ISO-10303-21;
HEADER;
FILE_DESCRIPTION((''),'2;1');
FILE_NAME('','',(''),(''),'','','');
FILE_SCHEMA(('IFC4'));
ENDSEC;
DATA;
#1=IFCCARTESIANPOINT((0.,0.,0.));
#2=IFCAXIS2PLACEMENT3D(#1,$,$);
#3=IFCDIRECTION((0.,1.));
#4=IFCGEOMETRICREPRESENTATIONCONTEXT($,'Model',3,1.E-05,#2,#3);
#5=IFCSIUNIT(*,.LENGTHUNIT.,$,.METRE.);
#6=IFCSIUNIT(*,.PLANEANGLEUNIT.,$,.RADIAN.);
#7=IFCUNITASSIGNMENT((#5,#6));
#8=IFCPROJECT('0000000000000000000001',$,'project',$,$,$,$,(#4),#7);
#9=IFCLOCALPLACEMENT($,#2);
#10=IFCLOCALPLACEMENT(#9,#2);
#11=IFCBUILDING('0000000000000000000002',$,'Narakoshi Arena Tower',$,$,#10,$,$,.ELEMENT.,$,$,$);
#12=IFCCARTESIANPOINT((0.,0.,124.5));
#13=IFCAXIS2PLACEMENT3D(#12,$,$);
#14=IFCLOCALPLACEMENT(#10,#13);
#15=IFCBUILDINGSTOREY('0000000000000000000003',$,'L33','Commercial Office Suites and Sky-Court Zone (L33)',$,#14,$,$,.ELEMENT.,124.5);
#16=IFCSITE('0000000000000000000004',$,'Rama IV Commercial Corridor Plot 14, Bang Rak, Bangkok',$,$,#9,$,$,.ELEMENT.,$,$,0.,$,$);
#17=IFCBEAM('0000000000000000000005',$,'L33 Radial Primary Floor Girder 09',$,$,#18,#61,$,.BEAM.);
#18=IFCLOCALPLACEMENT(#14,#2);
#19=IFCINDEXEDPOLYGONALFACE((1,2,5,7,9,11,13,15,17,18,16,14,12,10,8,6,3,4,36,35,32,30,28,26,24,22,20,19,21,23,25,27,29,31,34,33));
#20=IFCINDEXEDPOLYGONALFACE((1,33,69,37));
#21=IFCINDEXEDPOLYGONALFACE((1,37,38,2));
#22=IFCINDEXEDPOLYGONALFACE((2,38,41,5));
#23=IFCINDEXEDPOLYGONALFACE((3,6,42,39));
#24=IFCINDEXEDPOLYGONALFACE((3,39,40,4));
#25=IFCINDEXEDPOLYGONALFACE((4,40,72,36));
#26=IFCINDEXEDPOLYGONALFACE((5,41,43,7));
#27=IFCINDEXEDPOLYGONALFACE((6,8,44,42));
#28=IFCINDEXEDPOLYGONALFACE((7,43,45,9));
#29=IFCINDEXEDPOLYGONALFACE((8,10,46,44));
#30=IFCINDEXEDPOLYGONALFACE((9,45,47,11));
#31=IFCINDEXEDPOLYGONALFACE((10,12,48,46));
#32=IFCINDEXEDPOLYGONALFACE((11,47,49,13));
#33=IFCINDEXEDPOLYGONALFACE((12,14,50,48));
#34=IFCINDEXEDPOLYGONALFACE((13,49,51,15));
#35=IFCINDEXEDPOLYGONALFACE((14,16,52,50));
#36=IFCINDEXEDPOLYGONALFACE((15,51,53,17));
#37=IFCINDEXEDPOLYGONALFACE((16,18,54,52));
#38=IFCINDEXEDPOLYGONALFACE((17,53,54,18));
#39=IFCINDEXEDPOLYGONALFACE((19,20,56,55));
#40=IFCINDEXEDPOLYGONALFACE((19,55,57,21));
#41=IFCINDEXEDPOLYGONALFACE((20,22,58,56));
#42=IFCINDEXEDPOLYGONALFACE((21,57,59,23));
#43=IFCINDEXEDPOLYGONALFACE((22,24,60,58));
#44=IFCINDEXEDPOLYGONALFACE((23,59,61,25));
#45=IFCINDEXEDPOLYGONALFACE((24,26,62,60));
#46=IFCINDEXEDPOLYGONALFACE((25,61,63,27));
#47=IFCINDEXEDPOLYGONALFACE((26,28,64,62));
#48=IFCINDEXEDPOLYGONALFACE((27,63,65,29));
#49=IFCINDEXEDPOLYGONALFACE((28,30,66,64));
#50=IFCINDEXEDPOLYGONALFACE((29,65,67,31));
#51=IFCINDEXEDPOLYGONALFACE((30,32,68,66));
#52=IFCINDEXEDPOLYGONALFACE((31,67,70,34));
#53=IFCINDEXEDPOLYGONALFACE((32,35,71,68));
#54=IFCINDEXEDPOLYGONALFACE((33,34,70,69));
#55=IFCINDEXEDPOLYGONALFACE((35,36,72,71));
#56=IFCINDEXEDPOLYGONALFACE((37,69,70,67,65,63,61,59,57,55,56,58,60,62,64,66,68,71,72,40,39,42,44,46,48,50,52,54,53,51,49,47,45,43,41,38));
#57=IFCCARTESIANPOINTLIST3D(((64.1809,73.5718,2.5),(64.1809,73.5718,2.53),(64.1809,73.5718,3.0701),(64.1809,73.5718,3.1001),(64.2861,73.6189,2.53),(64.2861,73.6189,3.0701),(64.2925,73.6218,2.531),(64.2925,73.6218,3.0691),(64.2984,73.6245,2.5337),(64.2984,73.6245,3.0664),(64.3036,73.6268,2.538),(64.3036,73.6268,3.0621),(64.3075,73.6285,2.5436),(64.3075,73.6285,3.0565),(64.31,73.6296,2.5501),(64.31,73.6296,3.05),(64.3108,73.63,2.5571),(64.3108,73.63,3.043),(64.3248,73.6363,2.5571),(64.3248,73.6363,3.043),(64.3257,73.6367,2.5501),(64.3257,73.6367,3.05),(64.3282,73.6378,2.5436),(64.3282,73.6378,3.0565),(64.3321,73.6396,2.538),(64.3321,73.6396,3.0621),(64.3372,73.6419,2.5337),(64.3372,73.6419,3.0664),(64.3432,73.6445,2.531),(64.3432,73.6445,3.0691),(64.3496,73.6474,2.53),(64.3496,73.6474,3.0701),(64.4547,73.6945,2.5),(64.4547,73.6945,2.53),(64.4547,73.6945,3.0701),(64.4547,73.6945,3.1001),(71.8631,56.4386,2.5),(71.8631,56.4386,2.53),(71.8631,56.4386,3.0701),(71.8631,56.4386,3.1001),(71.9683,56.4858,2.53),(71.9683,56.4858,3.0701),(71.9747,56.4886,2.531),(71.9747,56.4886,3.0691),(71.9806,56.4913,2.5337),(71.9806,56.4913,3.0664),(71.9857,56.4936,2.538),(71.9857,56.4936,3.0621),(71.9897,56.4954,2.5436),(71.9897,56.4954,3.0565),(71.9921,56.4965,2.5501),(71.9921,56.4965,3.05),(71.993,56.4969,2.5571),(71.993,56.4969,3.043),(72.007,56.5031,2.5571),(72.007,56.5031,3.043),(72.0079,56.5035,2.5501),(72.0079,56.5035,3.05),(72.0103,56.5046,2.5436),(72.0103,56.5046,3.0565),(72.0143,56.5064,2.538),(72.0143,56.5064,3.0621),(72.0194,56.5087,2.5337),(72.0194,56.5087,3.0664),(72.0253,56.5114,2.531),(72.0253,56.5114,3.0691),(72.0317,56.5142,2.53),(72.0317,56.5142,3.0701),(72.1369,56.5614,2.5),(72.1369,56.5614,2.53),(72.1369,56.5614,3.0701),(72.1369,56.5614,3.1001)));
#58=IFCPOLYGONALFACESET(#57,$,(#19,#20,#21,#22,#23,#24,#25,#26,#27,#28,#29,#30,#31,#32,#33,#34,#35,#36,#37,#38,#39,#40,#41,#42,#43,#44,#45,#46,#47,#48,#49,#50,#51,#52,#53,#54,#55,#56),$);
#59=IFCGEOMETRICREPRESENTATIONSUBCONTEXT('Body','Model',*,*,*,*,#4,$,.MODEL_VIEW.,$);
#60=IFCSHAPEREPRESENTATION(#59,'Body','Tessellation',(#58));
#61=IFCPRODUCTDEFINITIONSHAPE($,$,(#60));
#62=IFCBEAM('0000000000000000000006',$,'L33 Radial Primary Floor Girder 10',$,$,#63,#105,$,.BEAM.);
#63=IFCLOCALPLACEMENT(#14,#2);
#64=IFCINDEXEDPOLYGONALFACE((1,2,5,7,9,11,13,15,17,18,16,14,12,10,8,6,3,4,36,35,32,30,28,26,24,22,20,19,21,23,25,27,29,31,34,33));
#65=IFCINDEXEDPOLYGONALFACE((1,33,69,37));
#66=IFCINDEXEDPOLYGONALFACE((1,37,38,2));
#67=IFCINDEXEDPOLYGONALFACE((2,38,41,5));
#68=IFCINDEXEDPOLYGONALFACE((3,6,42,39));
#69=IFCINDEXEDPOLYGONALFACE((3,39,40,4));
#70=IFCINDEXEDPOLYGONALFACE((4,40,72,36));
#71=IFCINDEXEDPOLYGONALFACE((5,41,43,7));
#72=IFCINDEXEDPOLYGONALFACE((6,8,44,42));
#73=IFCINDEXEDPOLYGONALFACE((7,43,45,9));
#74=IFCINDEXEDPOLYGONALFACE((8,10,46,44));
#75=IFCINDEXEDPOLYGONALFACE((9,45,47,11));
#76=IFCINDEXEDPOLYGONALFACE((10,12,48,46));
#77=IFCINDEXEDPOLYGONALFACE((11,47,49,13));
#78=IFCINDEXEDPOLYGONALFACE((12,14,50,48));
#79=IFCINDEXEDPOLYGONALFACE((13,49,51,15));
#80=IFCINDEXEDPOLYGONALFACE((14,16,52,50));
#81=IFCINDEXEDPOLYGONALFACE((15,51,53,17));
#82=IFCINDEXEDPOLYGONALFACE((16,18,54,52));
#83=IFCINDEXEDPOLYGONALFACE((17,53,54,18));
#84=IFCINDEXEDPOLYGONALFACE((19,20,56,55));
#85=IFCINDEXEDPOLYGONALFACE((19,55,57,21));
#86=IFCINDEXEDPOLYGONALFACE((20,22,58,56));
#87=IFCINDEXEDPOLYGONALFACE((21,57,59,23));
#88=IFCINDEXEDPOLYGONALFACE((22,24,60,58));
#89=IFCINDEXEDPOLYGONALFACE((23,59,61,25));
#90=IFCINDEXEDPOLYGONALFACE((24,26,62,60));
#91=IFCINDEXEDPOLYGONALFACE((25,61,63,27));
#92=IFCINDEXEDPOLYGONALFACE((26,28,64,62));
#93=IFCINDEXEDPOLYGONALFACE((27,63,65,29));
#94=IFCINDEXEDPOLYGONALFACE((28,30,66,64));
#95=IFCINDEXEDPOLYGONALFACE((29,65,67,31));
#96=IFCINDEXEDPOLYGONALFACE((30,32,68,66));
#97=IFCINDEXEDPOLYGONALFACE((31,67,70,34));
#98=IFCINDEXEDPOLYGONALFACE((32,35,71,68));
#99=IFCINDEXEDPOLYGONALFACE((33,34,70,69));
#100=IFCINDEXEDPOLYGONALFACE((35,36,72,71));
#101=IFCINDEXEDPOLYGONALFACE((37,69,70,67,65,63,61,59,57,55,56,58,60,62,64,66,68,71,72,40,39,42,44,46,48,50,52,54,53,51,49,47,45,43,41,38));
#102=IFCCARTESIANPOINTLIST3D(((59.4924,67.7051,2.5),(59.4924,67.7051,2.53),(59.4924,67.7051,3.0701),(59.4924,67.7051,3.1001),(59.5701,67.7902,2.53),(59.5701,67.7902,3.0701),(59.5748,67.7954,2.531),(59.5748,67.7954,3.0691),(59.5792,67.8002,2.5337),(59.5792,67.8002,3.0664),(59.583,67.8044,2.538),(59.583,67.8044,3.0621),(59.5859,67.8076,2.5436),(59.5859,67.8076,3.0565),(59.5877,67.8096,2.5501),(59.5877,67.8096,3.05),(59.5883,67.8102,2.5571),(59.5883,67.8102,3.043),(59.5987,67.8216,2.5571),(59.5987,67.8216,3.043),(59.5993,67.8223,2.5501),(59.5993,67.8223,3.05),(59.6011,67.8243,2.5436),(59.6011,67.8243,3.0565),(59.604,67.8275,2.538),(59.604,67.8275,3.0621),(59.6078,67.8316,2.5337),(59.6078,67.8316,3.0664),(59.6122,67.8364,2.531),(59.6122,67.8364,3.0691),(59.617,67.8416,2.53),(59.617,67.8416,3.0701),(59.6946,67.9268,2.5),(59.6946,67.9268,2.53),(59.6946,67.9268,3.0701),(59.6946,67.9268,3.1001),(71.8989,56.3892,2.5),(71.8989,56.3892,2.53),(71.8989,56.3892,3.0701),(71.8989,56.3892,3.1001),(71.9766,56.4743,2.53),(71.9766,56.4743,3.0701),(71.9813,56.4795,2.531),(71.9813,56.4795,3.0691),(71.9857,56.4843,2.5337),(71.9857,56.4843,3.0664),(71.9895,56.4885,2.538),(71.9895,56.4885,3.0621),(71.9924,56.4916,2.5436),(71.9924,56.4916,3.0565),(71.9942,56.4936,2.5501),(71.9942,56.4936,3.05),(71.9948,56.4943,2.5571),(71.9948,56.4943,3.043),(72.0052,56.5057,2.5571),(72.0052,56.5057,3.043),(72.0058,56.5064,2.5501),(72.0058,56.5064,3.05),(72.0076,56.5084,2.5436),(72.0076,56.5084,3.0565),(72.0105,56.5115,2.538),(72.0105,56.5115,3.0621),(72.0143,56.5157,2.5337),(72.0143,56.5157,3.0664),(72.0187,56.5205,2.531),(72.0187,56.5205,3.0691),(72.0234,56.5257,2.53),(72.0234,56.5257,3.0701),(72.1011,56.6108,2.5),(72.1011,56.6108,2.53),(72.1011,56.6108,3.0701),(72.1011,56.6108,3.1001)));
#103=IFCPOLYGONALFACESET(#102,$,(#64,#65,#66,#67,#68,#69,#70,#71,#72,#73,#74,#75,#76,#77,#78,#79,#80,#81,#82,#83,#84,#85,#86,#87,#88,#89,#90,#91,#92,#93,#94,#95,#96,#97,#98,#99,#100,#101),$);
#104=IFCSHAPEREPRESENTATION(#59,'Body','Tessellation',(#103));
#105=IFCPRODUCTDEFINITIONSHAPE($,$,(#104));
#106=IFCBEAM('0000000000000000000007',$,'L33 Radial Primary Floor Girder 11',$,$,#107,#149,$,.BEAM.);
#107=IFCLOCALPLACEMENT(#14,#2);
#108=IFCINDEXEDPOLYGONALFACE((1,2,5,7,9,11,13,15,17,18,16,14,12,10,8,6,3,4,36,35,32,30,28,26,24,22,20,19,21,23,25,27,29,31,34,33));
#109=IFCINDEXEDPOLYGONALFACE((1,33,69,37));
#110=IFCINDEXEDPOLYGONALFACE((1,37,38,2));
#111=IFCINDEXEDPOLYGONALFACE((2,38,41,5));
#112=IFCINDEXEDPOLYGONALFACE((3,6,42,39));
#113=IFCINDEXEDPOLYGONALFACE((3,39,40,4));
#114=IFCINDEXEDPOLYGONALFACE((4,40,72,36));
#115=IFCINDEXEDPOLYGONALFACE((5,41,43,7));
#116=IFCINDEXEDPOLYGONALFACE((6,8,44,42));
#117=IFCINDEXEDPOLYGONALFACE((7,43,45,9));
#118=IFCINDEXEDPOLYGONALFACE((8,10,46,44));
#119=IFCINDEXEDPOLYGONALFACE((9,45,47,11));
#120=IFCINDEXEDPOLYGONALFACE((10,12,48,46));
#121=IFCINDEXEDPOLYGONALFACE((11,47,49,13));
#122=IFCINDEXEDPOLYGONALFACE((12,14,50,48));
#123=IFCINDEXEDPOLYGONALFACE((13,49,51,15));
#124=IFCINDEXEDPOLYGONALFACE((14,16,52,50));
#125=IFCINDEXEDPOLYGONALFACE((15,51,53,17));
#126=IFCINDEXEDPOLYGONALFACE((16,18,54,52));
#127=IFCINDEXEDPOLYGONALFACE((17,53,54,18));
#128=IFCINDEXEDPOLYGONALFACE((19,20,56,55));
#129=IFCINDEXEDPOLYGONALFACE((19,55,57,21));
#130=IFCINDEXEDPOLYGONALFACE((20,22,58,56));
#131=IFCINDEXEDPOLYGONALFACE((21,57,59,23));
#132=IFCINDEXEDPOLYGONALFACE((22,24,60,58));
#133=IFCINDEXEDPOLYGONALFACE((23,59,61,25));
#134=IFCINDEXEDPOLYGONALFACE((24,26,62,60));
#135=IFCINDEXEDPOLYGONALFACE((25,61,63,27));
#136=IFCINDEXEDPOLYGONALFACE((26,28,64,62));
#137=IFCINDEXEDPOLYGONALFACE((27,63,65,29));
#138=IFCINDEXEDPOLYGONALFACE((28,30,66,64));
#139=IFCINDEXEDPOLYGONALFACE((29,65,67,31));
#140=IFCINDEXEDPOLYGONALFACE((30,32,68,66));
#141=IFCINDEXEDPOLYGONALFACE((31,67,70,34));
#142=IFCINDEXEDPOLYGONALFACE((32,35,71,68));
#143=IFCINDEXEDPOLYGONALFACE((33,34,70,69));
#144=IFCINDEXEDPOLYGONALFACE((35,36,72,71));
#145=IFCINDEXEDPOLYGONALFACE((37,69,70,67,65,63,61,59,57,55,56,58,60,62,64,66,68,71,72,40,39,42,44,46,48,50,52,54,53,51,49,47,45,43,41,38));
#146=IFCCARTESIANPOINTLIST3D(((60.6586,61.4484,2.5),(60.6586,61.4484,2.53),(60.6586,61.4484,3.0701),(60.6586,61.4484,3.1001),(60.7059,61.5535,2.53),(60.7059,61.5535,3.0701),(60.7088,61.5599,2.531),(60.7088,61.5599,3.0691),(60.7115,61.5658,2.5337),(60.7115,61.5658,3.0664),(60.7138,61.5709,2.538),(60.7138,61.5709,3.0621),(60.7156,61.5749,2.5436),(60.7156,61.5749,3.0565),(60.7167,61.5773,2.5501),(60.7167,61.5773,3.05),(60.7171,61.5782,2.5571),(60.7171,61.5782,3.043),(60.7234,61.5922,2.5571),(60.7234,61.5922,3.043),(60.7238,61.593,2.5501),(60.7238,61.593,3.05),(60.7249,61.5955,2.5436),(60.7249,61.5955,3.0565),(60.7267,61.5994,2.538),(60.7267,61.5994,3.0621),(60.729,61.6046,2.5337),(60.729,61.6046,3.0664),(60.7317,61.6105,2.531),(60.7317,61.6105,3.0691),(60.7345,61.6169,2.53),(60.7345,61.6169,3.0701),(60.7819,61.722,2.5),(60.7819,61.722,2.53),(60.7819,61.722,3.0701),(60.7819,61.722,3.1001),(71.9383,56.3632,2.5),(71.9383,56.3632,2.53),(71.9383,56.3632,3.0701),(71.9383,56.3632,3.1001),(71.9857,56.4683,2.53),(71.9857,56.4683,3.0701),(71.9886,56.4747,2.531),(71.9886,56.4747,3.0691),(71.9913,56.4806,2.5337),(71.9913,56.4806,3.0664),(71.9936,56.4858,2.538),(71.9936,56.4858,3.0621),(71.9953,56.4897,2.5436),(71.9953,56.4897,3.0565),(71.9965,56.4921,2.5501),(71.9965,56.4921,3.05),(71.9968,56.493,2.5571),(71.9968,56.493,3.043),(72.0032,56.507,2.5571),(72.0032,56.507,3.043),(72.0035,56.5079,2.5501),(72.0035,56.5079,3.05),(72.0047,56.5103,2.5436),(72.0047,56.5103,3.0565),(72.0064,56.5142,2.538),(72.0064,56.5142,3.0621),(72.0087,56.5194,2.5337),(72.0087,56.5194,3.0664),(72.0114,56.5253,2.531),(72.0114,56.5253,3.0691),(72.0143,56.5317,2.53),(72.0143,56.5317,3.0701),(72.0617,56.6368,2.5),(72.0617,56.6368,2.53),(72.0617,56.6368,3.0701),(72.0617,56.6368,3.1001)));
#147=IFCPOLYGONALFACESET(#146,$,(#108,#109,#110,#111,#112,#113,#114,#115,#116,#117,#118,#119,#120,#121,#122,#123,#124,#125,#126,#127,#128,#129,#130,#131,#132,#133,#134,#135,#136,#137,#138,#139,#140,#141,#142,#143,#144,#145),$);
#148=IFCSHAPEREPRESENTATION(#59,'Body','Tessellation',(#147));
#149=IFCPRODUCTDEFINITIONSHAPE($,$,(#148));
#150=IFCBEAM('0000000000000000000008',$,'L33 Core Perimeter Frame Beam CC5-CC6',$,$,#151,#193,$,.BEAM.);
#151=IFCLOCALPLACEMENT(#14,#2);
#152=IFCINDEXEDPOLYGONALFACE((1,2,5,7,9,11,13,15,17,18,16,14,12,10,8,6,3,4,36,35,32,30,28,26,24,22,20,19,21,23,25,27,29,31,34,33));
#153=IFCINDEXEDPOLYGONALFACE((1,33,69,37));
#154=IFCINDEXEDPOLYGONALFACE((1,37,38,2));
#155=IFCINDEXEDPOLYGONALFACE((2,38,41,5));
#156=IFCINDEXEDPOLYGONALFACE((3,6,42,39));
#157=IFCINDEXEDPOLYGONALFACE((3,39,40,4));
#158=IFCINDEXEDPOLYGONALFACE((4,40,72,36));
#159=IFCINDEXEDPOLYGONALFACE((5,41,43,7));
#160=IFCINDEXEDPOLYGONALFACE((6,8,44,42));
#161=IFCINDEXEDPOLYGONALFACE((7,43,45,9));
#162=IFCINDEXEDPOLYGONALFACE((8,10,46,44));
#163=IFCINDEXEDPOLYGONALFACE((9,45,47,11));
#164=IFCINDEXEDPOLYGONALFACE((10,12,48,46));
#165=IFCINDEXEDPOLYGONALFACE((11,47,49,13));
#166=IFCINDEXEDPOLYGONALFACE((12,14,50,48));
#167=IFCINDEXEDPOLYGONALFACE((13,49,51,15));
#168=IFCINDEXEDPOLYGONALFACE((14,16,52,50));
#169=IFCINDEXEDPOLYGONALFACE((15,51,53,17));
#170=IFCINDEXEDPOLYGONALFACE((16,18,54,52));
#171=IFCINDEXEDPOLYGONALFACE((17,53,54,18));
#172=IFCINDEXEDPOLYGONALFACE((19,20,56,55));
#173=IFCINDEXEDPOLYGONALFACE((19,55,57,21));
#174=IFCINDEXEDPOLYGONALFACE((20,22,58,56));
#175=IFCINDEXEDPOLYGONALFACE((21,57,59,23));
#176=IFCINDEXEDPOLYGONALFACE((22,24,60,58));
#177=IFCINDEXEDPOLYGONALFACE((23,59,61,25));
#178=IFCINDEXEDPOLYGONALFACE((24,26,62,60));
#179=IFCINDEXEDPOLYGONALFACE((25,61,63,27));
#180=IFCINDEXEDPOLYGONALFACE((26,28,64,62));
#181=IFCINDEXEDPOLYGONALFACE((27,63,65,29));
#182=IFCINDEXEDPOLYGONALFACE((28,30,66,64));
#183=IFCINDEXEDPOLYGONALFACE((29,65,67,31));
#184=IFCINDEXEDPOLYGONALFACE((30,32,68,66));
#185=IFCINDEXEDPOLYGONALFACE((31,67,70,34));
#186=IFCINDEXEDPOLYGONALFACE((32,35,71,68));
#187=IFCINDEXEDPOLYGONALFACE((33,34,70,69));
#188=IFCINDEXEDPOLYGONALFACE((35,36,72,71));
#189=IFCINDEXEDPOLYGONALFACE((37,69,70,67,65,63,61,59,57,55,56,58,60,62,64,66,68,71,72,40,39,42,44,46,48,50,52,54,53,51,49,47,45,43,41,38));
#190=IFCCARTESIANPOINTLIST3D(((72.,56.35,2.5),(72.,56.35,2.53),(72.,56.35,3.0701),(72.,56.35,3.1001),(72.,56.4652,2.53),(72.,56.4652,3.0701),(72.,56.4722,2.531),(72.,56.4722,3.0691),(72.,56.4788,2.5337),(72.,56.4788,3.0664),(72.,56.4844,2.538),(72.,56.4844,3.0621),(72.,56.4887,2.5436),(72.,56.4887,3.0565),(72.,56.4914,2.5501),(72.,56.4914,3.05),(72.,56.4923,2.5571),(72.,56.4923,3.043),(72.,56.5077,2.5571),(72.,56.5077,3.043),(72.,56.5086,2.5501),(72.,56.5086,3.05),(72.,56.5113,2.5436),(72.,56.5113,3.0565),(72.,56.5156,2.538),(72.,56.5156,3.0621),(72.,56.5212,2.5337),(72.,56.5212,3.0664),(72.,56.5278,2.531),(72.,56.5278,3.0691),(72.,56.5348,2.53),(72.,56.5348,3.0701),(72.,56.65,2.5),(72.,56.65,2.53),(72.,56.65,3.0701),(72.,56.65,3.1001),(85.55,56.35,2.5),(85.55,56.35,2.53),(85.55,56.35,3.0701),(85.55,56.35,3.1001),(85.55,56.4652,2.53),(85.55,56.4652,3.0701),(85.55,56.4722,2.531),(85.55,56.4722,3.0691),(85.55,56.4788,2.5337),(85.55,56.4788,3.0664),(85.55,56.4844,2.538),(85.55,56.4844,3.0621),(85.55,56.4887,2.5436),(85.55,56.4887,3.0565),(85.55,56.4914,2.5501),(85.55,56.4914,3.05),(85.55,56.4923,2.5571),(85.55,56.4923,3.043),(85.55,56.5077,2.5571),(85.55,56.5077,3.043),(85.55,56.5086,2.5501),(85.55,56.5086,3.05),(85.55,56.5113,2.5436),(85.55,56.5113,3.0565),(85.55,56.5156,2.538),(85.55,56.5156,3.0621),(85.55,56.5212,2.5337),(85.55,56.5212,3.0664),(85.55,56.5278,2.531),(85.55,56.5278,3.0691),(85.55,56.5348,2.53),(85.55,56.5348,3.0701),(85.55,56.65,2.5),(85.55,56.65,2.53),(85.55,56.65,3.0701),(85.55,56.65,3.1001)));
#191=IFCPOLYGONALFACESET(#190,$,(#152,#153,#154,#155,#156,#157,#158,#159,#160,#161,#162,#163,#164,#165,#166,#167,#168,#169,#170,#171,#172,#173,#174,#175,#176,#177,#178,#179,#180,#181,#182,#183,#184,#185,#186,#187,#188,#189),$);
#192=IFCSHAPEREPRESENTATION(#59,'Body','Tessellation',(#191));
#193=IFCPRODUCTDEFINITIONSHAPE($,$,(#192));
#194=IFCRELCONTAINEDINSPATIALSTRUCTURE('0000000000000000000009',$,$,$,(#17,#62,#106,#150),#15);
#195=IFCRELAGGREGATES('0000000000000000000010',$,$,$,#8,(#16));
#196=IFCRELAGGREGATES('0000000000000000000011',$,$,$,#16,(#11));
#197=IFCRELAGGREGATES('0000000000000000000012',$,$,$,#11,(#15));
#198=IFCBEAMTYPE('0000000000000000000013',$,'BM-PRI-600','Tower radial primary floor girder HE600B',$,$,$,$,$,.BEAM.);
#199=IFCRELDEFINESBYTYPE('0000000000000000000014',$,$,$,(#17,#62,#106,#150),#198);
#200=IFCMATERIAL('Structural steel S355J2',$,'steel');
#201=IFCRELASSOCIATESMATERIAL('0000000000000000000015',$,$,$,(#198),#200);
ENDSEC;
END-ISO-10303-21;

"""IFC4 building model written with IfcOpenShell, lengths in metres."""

from ifc_helpers import new_model, si_unit, direction, frame, origin, origin_2d, place, context, subcontext, project, spatial, i_section, extrude, material, material_profile, profile_set, type_object, element, save


model = new_model("IFC4")

# Units and contexts
model_context = context("Model", 3, precision=1e-05, world=origin(), true_north=direction((0.0, 1.0)))
body_context = subcontext(model_context, "Body", "Model", "MODEL_VIEW")
ifc_project = project(units=[si_unit("LENGTHUNIT", "METRE"), si_unit("PLANEANGLEUNIT", "RADIAN")], contexts=[model_context])

# Site, building, storey
site_placement = place(None, origin())
site = spatial("IfcSite", under=ifc_project, at=site_placement, Name="Rama IV Commercial Corridor Plot 14, Bang Rak, Bangkok", CompositionType="ELEMENT", RefElevation=0.0)
building_placement = place(site_placement, origin())
building = spatial("IfcBuilding", under=site, at=building_placement, Name="Narakoshi Arena Tower", CompositionType="ELEMENT")
storey_placement = place(building_placement, frame((0.0, 0.0, 124.5)))
storey = spatial("IfcBuildingStorey", under=building, at=storey_placement, Name="L33", Description="Commercial Office Suites and Sky-Court Zone (L33)", CompositionType="ELEMENT", Elevation=124.5)

# Beams
ifc_material_1 = material(Name="Structural steel S355J2", Category="steel")
ifc_material_profile_1 = material_profile(ifc_material_1, i_section(OverallWidth=0.3, OverallDepth=0.6001, WebThickness=0.0154, FlangeThickness=0.03, FilletRadius=0.0271, at=origin_2d()), Name="HE600B")
ifc_profile_set_1 = profile_set([ifc_material_profile_1], Name="Structural steel S355J2")
beam_type_1 = type_object("IfcBeamType", Name="BM-PRI-600", Description="Tower radial primary floor girder HE600B", PredefinedType="BEAM", material=ifc_profile_set_1)
beam_1_placement = place(storey_placement, frame((72.0, 56.5, 2.8), z_axis=(-0.409135, 0.912474, 0.0), x_axis=(-0.912474, -0.409135, 0.0)))
element("IfcBeam", 1, at=beam_1_placement, inside=storey, type_object=beam_type_1, Name="L33 Radial Primary Floor Girder 09", PredefinedType="BEAM", context=body_context, shape_type="SweptSolid", body=[
    extrude(i_section(OverallWidth=0.3, OverallDepth=0.6001, WebThickness=0.0154, FlangeThickness=0.03, FilletRadius=0.0271, at=origin_2d()), origin(), (0.0, 0.0, 1.0), 18.7766),
])
beam_2_placement = place(storey_placement, frame((72.0, 56.5, 2.8), z_axis=(-0.738834, 0.673888, 0.0), x_axis=(-0.673888, -0.738834, 0.0)))
element("IfcBeam", 2, at=beam_2_placement, inside=storey, type_object=beam_type_1, Name="L33 Radial Primary Floor Girder 10", PredefinedType="BEAM", context=body_context, shape_type="SweptSolid", body=[
    extrude(i_section(OverallWidth=0.3, OverallDepth=0.6001, WebThickness=0.0154, FlangeThickness=0.03, FilletRadius=0.0271, at=origin_2d()), origin(), (0.0, 0.0, 1.0), 16.792),
])
beam_3_placement = place(storey_placement, frame((72.0, 56.5, 2.8), z_axis=(-0.91164, 0.41099, 0.0), x_axis=(-0.41099, -0.91164, 0.0)))
element("IfcBeam", 3, at=beam_3_placement, inside=storey, type_object=beam_type_1, Name="L33 Radial Primary Floor Girder 11", PredefinedType="BEAM", context=body_context, shape_type="SweptSolid", body=[
    extrude(i_section(OverallWidth=0.3, OverallDepth=0.6001, WebThickness=0.0154, FlangeThickness=0.03, FilletRadius=0.0271, at=origin_2d()), origin(), (0.0, 0.0, 1.0), 12.373),
])
beam_4_placement = place(storey_placement, frame((72.0, 56.5, 2.8), z_axis=(1.0, 0.0, 0.0), x_axis=(0.0, 1.0, 0.0)))
element("IfcBeam", 4, at=beam_4_placement, inside=storey, type_object=beam_type_1, Name="L33 Core Perimeter Frame Beam CC5-CC6", PredefinedType="BEAM", context=body_context, shape_type="SweptSolid", body=[
    extrude(i_section(OverallWidth=0.3, OverallDepth=0.6001, WebThickness=0.0154, FlangeThickness=0.03, FilletRadius=0.0271, at=origin_2d()), origin(), (0.0, 0.0, 1.0), 13.55),
])

save(model, "model.ifc")
